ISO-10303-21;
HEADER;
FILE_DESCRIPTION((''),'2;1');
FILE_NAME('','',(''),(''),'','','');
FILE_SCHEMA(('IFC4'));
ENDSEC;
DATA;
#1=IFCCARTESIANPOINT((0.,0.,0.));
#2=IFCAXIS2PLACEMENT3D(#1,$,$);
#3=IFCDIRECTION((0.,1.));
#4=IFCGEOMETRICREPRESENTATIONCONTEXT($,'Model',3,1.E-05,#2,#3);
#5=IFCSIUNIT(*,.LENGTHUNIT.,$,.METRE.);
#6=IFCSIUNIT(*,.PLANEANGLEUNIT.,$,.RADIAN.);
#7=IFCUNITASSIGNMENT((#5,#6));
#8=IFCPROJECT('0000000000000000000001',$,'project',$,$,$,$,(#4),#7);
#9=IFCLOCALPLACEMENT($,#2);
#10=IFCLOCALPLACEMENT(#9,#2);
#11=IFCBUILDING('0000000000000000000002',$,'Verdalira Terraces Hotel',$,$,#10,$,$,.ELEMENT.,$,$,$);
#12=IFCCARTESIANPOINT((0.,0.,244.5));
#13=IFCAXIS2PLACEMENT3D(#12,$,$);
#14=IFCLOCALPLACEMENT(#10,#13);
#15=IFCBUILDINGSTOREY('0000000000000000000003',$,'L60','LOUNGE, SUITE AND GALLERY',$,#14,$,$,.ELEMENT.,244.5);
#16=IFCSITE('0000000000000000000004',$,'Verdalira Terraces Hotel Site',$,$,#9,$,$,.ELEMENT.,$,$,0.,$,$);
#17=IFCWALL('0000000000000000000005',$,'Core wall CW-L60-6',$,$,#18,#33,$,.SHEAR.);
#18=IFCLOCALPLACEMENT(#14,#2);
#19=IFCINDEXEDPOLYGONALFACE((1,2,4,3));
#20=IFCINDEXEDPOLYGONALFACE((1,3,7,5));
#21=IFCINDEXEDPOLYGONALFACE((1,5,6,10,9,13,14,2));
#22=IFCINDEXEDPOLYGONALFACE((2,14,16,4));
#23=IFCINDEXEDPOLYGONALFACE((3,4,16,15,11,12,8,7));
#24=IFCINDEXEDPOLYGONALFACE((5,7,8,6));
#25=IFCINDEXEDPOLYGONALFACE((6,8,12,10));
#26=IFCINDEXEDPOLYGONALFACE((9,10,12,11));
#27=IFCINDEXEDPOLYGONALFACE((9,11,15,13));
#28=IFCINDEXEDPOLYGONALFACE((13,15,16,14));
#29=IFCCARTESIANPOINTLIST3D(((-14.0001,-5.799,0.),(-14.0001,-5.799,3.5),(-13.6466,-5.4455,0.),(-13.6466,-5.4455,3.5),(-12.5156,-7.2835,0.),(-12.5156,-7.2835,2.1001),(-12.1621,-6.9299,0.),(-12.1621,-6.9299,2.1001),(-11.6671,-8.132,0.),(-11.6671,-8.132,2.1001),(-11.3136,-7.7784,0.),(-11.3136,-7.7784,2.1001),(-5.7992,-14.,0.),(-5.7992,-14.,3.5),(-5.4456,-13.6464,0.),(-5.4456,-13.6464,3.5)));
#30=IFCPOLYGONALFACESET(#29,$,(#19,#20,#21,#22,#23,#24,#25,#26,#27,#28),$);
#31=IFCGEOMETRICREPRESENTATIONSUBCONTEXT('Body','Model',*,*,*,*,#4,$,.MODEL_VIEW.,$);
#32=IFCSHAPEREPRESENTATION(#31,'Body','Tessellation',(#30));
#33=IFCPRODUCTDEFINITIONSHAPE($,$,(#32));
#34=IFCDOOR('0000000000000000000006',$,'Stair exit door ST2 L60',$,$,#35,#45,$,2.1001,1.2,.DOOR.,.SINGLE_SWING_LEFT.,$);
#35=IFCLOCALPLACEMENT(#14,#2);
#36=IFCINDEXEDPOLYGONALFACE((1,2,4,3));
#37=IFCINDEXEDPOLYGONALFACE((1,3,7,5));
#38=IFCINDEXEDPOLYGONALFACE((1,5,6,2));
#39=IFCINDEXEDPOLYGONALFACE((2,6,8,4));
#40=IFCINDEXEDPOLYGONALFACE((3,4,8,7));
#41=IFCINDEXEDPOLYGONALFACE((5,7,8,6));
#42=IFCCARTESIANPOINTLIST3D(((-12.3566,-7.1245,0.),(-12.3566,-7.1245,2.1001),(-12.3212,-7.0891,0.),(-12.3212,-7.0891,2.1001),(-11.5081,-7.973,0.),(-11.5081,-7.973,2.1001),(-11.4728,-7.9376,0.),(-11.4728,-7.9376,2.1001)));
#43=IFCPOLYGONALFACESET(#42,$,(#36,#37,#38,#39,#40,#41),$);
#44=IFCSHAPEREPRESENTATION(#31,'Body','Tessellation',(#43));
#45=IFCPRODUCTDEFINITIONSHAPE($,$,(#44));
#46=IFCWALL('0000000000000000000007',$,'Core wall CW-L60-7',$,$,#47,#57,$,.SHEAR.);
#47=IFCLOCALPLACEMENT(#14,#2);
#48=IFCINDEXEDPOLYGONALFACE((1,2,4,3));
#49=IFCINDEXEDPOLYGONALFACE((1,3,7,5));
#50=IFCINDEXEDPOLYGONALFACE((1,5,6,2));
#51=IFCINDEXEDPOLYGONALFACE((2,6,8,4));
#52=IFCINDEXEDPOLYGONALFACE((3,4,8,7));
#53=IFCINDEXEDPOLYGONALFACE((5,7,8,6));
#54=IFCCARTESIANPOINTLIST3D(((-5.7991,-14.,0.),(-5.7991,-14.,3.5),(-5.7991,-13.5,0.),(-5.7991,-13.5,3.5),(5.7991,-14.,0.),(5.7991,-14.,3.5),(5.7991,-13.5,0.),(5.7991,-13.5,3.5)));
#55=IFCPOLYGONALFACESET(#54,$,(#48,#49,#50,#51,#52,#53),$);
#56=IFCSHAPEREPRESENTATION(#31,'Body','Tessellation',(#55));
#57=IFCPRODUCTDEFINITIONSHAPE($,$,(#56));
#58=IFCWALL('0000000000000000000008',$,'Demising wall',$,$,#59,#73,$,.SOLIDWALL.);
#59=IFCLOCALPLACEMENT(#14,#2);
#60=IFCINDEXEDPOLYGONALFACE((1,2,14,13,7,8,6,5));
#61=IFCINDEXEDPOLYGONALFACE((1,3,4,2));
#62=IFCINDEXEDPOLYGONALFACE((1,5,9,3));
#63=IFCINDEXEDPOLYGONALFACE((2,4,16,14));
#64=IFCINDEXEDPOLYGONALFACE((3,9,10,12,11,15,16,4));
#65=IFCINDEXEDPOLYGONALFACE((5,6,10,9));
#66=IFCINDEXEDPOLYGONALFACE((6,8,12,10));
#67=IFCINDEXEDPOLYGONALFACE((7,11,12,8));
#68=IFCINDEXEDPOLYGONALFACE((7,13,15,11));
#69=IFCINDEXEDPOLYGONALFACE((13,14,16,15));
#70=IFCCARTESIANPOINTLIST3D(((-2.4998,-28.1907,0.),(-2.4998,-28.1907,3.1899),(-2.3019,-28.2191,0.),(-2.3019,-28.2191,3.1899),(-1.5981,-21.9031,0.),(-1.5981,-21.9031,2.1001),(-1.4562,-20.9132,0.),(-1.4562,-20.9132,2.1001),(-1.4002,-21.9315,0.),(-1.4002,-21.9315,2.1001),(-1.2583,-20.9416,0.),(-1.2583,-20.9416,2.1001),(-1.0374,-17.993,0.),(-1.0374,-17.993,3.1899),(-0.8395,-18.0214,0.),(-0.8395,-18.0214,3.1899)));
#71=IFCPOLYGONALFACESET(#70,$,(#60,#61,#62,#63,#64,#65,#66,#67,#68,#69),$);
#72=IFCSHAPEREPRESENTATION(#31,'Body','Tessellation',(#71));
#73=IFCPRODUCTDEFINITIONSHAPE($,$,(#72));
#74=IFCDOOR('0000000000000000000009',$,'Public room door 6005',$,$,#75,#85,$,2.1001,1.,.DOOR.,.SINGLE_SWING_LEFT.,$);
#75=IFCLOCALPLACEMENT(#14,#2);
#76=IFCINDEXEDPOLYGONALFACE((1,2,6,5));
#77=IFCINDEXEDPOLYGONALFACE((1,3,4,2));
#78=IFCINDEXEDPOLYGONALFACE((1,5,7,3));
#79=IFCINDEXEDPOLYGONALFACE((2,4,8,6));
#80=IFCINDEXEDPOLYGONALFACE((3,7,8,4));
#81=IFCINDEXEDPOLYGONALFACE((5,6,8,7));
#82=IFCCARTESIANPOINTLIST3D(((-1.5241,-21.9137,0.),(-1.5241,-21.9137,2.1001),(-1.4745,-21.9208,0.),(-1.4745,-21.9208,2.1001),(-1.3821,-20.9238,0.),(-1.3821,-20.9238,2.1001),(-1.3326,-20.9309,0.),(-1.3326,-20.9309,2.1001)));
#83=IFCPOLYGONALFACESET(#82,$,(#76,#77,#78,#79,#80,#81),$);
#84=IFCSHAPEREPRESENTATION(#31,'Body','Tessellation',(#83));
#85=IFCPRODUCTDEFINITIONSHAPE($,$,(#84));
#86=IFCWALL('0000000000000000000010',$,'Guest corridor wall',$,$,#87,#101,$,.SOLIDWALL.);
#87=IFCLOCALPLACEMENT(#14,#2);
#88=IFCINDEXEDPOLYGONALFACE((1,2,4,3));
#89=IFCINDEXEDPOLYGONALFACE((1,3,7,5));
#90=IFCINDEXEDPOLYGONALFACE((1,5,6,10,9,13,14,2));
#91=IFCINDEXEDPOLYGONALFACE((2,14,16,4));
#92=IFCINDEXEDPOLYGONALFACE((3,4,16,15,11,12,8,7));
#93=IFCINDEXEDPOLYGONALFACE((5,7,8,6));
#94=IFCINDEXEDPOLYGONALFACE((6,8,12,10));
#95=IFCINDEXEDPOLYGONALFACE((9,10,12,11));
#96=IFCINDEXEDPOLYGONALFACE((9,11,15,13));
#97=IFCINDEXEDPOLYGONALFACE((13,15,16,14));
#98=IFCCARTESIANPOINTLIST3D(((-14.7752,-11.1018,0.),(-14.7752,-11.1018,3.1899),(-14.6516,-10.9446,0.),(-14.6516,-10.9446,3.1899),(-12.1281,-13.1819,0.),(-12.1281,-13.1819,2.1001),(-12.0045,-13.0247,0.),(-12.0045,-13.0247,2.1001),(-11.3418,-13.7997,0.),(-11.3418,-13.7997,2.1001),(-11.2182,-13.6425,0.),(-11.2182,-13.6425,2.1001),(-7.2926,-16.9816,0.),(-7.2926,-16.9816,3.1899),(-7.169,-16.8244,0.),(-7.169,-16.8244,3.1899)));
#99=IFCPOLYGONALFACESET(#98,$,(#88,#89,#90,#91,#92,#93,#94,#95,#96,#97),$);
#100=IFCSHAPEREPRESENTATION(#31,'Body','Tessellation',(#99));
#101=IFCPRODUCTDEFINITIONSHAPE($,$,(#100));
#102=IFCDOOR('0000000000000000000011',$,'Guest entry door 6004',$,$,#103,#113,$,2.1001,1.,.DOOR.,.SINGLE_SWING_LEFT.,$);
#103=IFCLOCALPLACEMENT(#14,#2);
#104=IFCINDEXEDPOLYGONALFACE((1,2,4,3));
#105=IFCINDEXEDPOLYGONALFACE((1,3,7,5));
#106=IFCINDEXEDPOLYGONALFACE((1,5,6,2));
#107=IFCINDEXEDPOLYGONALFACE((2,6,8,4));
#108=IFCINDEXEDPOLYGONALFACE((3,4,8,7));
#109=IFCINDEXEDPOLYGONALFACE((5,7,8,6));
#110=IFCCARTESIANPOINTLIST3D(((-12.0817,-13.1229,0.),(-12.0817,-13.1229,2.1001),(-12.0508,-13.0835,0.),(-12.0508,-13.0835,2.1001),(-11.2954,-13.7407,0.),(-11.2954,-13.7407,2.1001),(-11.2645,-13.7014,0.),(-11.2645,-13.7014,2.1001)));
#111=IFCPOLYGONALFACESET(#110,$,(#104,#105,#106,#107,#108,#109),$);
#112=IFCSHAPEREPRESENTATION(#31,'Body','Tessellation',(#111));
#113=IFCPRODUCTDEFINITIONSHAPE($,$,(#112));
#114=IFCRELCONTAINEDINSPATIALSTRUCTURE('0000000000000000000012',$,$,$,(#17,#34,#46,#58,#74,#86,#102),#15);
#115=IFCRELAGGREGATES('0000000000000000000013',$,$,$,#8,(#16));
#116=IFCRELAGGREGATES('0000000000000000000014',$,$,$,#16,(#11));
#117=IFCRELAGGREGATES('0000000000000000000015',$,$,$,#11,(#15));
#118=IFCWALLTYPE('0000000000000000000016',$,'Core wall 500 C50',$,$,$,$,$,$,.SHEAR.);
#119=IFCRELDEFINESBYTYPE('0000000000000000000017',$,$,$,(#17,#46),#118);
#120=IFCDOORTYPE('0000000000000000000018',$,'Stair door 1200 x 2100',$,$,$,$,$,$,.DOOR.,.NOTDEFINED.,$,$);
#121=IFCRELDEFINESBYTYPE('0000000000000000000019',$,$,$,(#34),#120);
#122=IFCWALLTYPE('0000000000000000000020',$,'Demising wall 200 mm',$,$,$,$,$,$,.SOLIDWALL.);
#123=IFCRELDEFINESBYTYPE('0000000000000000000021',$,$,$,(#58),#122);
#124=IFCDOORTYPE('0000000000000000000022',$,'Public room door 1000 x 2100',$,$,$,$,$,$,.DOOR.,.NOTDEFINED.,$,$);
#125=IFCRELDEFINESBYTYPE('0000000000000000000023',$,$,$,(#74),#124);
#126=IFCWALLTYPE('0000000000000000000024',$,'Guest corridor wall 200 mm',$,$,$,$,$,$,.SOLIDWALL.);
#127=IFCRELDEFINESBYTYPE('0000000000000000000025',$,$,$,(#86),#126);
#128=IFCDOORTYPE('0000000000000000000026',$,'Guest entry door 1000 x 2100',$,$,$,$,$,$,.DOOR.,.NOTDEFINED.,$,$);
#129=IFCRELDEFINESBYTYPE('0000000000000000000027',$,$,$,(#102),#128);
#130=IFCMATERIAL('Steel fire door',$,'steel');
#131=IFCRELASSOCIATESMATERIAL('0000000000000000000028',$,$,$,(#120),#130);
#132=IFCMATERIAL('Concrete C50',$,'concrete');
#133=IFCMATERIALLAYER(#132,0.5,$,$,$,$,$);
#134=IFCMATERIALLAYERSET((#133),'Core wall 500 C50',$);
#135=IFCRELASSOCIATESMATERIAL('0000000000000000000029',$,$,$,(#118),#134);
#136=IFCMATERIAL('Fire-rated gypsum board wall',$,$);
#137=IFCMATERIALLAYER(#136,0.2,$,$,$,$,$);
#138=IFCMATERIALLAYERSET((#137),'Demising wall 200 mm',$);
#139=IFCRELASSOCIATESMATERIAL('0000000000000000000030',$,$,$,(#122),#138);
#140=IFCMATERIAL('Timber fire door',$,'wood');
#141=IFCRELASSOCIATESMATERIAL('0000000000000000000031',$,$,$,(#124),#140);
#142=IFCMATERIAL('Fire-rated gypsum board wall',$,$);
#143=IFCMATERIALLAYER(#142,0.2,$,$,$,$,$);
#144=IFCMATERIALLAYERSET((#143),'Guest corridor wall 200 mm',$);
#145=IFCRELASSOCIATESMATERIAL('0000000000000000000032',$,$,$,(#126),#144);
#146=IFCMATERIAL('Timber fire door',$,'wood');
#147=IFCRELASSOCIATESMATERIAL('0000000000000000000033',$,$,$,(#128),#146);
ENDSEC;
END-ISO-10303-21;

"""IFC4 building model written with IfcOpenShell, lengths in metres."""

from ifc_helpers import new_model, si_unit, direction, frame, frame_2d, origin, place, context, subcontext, project, spatial, rectangle, extrude, material, layer, layer_set, type_object, element, fill, save


model = new_model("IFC4")

# Units and contexts
model_context = context("Model", 3, precision=1e-05, world=origin(), true_north=direction((0.0, 1.0)))
body_context = subcontext(model_context, "Body", "Model", "MODEL_VIEW")
ifc_project = project(units=[si_unit("LENGTHUNIT", "METRE"), si_unit("PLANEANGLEUNIT", "RADIAN")], contexts=[model_context])

# Site, building, storey
site_placement = place(None, origin())
site = spatial("IfcSite", under=ifc_project, at=site_placement, Name="Verdalira Terraces Hotel Site", CompositionType="ELEMENT", RefElevation=0.0)
building_placement = place(site_placement, origin())
building = spatial("IfcBuilding", under=site, at=building_placement, Name="Verdalira Terraces Hotel", CompositionType="ELEMENT")
storey_placement = place(building_placement, frame((0.0, 0.0, 244.5)))
storey = spatial("IfcBuildingStorey", under=building, at=storey_placement, Name="L60", Description="LOUNGE, SUITE AND GALLERY", CompositionType="ELEMENT", Elevation=244.5)

# Shared definitions
ifc_material_1 = material(Name="Steel fire door", Category="steel")
door_type_1 = type_object("IfcDoorType", Name="Stair door 1200 x 2100", OperationType="NOTDEFINED", PredefinedType="DOOR", material=ifc_material_1)

# Wall, opening, door
ifc_material_2 = material(Name="Concrete C50", Category="concrete")
ifc_layer_1 = layer(ifc_material_2, 0.5)
ifc_layer_set_1 = layer_set([ifc_layer_1], Name="Core wall 500 C50")
wall_type_1 = type_object("IfcWallType", Name="Core wall 500 C50", PredefinedType="SHEAR", material=ifc_layer_set_1)
wall_1_placement = place(storey_placement, frame((-13.8232, -5.6223, 0.0), z_axis=(0.0, 0.0, 1.0), x_axis=(0.707107, -0.707107, 0.0)))
wall_1 = element("IfcWall", 1, at=wall_1_placement, inside=storey, type_object=wall_type_1, Name="Core wall CW-L60-6", PredefinedType="SHEAR", context=body_context, shape_type="SweptSolid", body=[
    extrude(rectangle(XDim=11.5979, YDim=0.5, at=frame_2d((5.7988, 0.0))), origin(), (0.0, 0.0, 1.0), 3.5),
])
opening_1_placement = place(wall_1_placement, frame((2.0991, 0.0, 0.0)))
opening_1 = element("IfcOpeningElement", 2, at=opening_1_placement, cuts=wall_1, PredefinedType="OPENING", context=body_context, shape_type="SweptSolid", body=[
    extrude(rectangle(XDim=1.2, YDim=2.1001, at=frame_2d((0.6001, 1.05))), frame((0.0, 0.26, 0.0), z_axis=(0.0, -1.0, 0.0), x_axis=(1.0, 0.0, 0.0)), (0.0, 0.0, 1.0), 0.52),
])
door_1_placement = place(opening_1_placement, origin())
door_1 = element("IfcDoor", 3, at=door_1_placement, inside=storey, type_object=door_type_1, Name="Stair exit door ST2 L60", OperationType="SINGLE_SWING_LEFT", OverallHeight=2.1001, OverallWidth=1.2, PredefinedType="DOOR", context=body_context, shape_type="SweptSolid", body=[
    extrude(rectangle(XDim=1.2, YDim=2.1001, at=frame_2d((0.6001, 1.05))), frame((0.0, 0.0249, 0.0), z_axis=(0.0, -1.0, 0.0), x_axis=(1.0, 0.0, 0.0)), (0.0, 0.0, 1.0), 0.05),
])
fill(opening_1, door_1)

# Wall
wall_2_placement = place(storey_placement, frame((-5.7991, -13.75, 0.0), z_axis=(0.0, 0.0, 1.0), x_axis=(1.0, 0.0, 0.0)))
element("IfcWall", 4, at=wall_2_placement, inside=storey, type_object=wall_type_1, Name="Core wall CW-L60-7", PredefinedType="SHEAR", context=body_context, shape_type="SweptSolid", body=[
    extrude(rectangle(XDim=11.5981, YDim=0.5, at=frame_2d((5.7991, 0.0))), origin(), (0.0, 0.0, 1.0), 3.5),
])

# Walls, openings, doors
ifc_material_3 = material(Name="Fire-rated gypsum board wall")
ifc_layer_2 = layer(ifc_material_3, 0.2)
ifc_layer_set_2 = layer_set([ifc_layer_2], Name="Demising wall 200 mm")
wall_type_2 = type_object("IfcWallType", Name="Demising wall 200 mm", PredefinedType="SOLIDWALL", material=ifc_layer_set_2)
wall_3_placement = place(storey_placement, frame((-0.9385, -18.0073, 0.0), z_axis=(0.0, 0.0, 1.0), x_axis=(-0.141952, -0.989874, 0.0)))
wall_3 = element("IfcWall", 5, at=wall_3_placement, inside=storey, type_object=wall_type_2, Name="Demising wall", PredefinedType="SOLIDWALL", context=body_context, shape_type="SweptSolid", body=[
    extrude(rectangle(XDim=10.302, YDim=0.2, at=frame_2d((5.1509, 0.0))), origin(), (0.0, 0.0, 1.0), 3.1899),
])
opening_2_placement = place(wall_3_placement, frame((2.95, 0.0, 0.0)))
opening_2 = element("IfcOpeningElement", 6, at=opening_2_placement, cuts=wall_3, PredefinedType="OPENING", context=body_context, shape_type="SweptSolid", body=[
    extrude(rectangle(XDim=1.0, YDim=2.1001, at=frame_2d((0.5, 1.05))), frame((0.0, 0.1099, 0.0), z_axis=(0.0, -1.0, 0.0), x_axis=(1.0, 0.0, 0.0)), (0.0, 0.0, 1.0), 0.22),
])
ifc_material_4 = material(Name="Timber fire door", Category="wood")
door_type_2 = type_object("IfcDoorType", Name="Public room door 1000 x 2100", OperationType="NOTDEFINED", PredefinedType="DOOR", material=ifc_material_4)
door_2_placement = place(opening_2_placement, origin())
door_2 = element("IfcDoor", 7, at=door_2_placement, inside=storey, type_object=door_type_2, Name="Public room door 6005", OperationType="SINGLE_SWING_LEFT", OverallHeight=2.1001, OverallWidth=1.0, PredefinedType="DOOR", context=body_context, shape_type="SweptSolid", body=[
    extrude(rectangle(XDim=1.0, YDim=2.1001, at=frame_2d((0.5, 1.05))), frame((0.0, 0.0249, 0.0), z_axis=(0.0, -1.0, 0.0), x_axis=(1.0, 0.0, 0.0)), (0.0, 0.0, 1.0), 0.05),
])
fill(opening_2, door_2)
ifc_material_5 = material(Name="Fire-rated gypsum board wall")
ifc_layer_3 = layer(ifc_material_5, 0.2)
ifc_layer_set_3 = layer_set([ifc_layer_3], Name="Guest corridor wall 200 mm")
wall_type_3 = type_object("IfcWallType", Name="Guest corridor wall 200 mm", PredefinedType="SOLIDWALL", material=ifc_layer_set_3)
wall_4_placement = place(storey_placement, frame((-7.2307, -16.9031, 0.0), z_axis=(0.0, 0.0, 1.0), x_axis=(-0.786285, 0.617863, 0.0)))
wall_4 = element("IfcWall", 8, at=wall_4_placement, inside=storey, type_object=wall_type_3, Name="Guest corridor wall", PredefinedType="SOLIDWALL", context=body_context, shape_type="SweptSolid", body=[
    extrude(rectangle(XDim=9.5164, YDim=0.2, at=frame_2d((4.7583, 0.0))), origin(), (0.0, 0.0, 1.0), 3.1899),
])
opening_3_placement = place(wall_4_placement, frame((5.1499, 0.0, 0.0)))
opening_3 = element("IfcOpeningElement", 9, at=opening_3_placement, cuts=wall_4, PredefinedType="OPENING", context=body_context, shape_type="SweptSolid", body=[
    extrude(rectangle(XDim=1.0, YDim=2.1001, at=frame_2d((0.5, 1.05))), frame((0.0, 0.1099, 0.0), z_axis=(0.0, -1.0, 0.0), x_axis=(1.0, 0.0, 0.0)), (0.0, 0.0, 1.0), 0.22),
])
ifc_material_6 = material(Name="Timber fire door", Category="wood")
door_type_3 = type_object("IfcDoorType", Name="Guest entry door 1000 x 2100", OperationType="NOTDEFINED", PredefinedType="DOOR", material=ifc_material_6)
door_3_placement = place(opening_3_placement, origin())
door_3 = element("IfcDoor", 10, at=door_3_placement, inside=storey, type_object=door_type_3, Name="Guest entry door 6004", OperationType="SINGLE_SWING_LEFT", OverallHeight=2.1001, OverallWidth=1.0, PredefinedType="DOOR", context=body_context, shape_type="SweptSolid", body=[
    extrude(rectangle(XDim=1.0, YDim=2.1001, at=frame_2d((0.5, 1.05))), frame((0.0, 0.0249, 0.0), z_axis=(0.0, -1.0, 0.0), x_axis=(1.0, 0.0, 0.0)), (0.0, 0.0, 1.0), 0.05),
])
fill(opening_3, door_3)

save(model, "model.ifc")
